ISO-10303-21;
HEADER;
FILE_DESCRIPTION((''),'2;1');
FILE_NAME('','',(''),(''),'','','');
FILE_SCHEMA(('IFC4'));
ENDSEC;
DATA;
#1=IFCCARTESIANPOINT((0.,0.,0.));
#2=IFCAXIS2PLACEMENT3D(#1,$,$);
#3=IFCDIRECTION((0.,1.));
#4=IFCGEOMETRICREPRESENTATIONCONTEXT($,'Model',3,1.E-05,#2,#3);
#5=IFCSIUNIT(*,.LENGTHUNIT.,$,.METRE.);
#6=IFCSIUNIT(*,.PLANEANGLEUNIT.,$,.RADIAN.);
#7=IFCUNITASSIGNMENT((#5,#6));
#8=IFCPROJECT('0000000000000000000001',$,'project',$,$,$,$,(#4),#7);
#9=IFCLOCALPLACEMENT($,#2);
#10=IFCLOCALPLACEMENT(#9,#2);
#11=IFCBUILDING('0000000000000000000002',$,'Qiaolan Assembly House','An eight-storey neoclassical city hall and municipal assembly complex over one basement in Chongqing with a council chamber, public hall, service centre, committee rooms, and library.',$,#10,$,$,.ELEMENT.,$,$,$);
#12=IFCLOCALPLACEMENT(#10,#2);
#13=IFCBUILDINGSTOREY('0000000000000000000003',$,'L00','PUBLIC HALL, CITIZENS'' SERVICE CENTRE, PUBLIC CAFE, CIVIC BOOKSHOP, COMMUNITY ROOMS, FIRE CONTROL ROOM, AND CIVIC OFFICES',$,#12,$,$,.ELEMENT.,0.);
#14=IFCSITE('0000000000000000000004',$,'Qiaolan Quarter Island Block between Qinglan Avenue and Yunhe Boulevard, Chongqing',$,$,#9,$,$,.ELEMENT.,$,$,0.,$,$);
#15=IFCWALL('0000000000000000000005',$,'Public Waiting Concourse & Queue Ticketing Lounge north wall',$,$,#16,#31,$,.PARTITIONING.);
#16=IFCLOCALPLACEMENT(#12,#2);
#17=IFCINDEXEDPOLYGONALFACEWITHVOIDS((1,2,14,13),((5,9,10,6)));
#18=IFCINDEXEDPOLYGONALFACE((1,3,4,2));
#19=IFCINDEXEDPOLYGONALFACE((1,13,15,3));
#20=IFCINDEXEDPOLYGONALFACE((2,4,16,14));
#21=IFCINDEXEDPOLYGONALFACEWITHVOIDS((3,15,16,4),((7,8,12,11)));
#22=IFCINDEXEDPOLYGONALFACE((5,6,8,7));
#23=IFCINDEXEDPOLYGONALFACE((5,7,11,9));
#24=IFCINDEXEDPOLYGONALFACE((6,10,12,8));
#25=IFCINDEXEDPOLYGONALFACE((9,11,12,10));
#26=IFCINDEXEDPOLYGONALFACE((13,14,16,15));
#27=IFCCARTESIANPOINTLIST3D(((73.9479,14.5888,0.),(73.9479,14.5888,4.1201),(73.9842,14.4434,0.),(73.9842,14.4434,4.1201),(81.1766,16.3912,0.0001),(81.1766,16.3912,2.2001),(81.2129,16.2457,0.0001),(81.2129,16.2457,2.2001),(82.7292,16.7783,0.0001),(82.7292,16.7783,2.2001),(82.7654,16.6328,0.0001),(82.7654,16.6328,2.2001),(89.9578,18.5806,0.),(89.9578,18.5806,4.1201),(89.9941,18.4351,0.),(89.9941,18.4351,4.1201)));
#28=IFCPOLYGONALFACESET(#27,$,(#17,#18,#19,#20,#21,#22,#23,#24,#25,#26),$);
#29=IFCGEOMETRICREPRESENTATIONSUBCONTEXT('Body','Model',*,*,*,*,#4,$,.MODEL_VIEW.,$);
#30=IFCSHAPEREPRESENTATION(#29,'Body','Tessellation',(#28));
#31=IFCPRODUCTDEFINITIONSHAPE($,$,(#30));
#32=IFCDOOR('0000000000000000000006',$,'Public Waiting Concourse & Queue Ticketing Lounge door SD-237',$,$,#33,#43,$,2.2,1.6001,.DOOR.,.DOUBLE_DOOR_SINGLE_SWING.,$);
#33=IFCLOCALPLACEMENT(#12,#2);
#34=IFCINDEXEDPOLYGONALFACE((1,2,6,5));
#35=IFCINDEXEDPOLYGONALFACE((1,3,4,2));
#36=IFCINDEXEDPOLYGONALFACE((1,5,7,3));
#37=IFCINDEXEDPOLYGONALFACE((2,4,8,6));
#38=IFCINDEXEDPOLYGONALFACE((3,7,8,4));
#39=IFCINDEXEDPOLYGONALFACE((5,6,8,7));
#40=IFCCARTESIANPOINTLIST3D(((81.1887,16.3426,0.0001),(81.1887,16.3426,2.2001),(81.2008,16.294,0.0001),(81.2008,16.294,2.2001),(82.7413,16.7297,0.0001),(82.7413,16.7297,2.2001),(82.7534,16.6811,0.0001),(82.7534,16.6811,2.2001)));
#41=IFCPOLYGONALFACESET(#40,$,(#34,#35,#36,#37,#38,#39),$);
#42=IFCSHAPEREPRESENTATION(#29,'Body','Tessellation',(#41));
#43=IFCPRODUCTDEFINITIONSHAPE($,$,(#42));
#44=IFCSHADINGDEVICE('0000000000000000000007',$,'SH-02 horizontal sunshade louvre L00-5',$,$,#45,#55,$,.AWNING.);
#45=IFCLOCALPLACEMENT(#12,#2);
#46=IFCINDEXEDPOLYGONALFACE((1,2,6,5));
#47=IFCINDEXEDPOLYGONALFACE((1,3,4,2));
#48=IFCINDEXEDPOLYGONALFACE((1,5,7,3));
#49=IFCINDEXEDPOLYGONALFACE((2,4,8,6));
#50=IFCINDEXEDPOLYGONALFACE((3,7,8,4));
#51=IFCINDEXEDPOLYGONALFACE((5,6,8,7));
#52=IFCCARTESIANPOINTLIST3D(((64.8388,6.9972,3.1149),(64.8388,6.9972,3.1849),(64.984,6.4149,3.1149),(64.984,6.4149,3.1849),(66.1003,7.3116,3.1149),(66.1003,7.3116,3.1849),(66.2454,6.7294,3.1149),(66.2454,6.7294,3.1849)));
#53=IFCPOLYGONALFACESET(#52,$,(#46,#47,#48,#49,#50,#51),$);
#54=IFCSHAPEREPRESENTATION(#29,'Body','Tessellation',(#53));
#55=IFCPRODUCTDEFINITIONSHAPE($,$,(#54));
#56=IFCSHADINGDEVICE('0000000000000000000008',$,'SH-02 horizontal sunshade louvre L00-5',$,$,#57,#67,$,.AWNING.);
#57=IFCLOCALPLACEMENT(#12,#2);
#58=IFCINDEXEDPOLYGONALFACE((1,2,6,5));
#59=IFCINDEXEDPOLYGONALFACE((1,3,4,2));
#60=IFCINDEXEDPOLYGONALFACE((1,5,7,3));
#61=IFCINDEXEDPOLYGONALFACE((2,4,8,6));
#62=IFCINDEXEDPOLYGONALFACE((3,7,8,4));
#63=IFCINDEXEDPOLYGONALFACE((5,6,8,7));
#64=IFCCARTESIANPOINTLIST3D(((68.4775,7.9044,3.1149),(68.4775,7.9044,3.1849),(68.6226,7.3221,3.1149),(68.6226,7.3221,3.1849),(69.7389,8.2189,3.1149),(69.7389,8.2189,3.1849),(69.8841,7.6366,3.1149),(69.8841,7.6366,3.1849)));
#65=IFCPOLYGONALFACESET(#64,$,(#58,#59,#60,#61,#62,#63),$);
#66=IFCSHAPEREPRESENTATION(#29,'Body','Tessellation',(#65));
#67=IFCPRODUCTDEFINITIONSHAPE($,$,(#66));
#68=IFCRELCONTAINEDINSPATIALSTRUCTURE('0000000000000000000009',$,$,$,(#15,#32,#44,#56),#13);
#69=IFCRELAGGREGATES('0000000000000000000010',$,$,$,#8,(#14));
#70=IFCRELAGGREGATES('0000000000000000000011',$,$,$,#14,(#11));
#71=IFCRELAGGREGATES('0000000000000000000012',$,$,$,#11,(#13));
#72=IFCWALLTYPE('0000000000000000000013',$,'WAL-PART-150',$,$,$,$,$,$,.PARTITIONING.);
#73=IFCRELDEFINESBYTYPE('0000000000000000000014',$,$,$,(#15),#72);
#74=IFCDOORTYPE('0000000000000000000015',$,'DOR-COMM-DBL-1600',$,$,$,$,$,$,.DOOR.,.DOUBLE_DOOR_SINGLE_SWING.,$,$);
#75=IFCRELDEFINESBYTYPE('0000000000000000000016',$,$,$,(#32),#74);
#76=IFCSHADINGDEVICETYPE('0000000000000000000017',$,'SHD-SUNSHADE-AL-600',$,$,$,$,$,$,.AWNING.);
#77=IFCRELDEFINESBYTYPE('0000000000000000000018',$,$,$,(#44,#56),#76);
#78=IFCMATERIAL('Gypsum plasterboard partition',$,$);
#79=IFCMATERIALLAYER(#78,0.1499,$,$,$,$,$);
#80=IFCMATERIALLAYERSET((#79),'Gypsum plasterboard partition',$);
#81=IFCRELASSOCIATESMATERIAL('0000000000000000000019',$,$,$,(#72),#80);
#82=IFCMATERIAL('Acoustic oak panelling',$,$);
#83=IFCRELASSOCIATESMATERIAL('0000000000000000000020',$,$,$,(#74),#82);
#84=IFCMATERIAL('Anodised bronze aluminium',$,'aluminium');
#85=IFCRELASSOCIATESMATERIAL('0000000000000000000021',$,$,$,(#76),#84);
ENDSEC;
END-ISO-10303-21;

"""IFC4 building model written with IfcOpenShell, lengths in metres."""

from ifc_helpers import new_model, si_unit, direction, frame, frame_2d, origin, origin_2d, place, context, subcontext, project, spatial, rectangle, extrude, material, layer, layer_set, material_profile, profile_set, type_object, element, fill, save


model = new_model("IFC4")

# Units and contexts
model_context = context("Model", 3, precision=1e-05, world=origin(), true_north=direction((0.0, 1.0)))
body_context = subcontext(model_context, "Body", "Model", "MODEL_VIEW")
ifc_project = project(units=[si_unit("LENGTHUNIT", "METRE"), si_unit("PLANEANGLEUNIT", "RADIAN")], contexts=[model_context])

# Site, building, storey
site_placement = place(None, origin())
site = spatial("IfcSite", under=ifc_project, at=site_placement, Name="Qiaolan Quarter Island Block between Qinglan Avenue and Yunhe Boulevard, Chongqing", CompositionType="ELEMENT", RefElevation=0.0)
building_placement = place(site_placement, origin())
building = spatial("IfcBuilding", under=site, at=building_placement, Name="Qiaolan Assembly House", Description="An eight-storey neoclassical city hall and municipal assembly complex over one basement in Chongqing with a council chamber, public hall, service centre, committee rooms, and library.", CompositionType="ELEMENT")
storey_placement = place(building_placement, origin())
storey = spatial("IfcBuildingStorey", under=building, at=storey_placement, Name="L00", Description="PUBLIC HALL, CITIZENS' SERVICE CENTRE, PUBLIC CAFE, CIVIC BOOKSHOP, COMMUNITY ROOMS, FIRE CONTROL ROOM, AND CIVIC OFFICES", CompositionType="ELEMENT", Elevation=0.0)

# Shared definitions
ifc_material_1 = material(Name="Anodised bronze aluminium", Category="aluminium")

# Shared definitions
ifc_material_2 = material(Name="Gypsum plasterboard partition")

# Wall, opening, door
ifc_layer_1 = layer(ifc_material_2, 0.1499)
ifc_layer_set_1 = layer_set([ifc_layer_1], Name="Gypsum plasterboard partition")
wall_type_1 = type_object("IfcWallType", Name="WAL-PART-150", PredefinedType="PARTITIONING", material=ifc_layer_set_1)
wall_1_placement = place(storey_placement, frame((73.9661, 14.5161, 0.0), z_axis=(0.0, 0.0, 1.0), x_axis=(0.970295, 0.241923, 0.0)))
wall_1 = element("IfcWall", 1, at=wall_1_placement, inside=storey, type_object=wall_type_1, Name="Public Waiting Concourse & Queue Ticketing Lounge north wall", PredefinedType="PARTITIONING", context=body_context, shape_type="SweptSolid", body=[
    extrude(rectangle(XDim=16.5, YDim=0.1499, at=frame_2d((8.25, 0.0))), origin(), (0.0, 0.0, 1.0), 4.1201),
])
opening_1_placement = place(wall_1_placement, frame((7.45, 0.0, 0.0)))
opening_1 = element("IfcOpeningElement", 2, at=opening_1_placement, cuts=wall_1, PredefinedType="OPENING", context=body_context, shape_type="SweptSolid", body=[
    extrude(rectangle(XDim=1.6001, YDim=2.2, at=frame_2d((0.8, 1.1001))), frame((0.0, 0.085, 0.0), z_axis=(0.0, -1.0, 0.0), x_axis=(1.0, 0.0, 0.0)), (0.0, 0.0, 1.0), 0.1699),
])
ifc_material_3 = material(Name="Acoustic oak panelling")
door_type_1 = type_object("IfcDoorType", Name="DOR-COMM-DBL-1600", OperationType="DOUBLE_DOOR_SINGLE_SWING", PredefinedType="DOOR", material=ifc_material_3)
door_1_placement = place(opening_1_placement, origin())
door_1 = element("IfcDoor", 3, at=door_1_placement, inside=storey, type_object=door_type_1, Name="Public Waiting Concourse & Queue Ticketing Lounge door SD-237", OperationType="DOUBLE_DOOR_SINGLE_SWING", OverallHeight=2.2, OverallWidth=1.6001, PredefinedType="DOOR", context=body_context, shape_type="SweptSolid", body=[
    extrude(rectangle(XDim=1.6001, YDim=2.2, at=frame_2d((0.8, 1.1001))), frame((0.0, 0.0249, 0.0), z_axis=(0.0, -1.0, 0.0), x_axis=(1.0, 0.0, 0.0)), (0.0, 0.0, 1.0), 0.05),
])
fill(opening_1, door_1)

# Shading devices
ifc_material_profile_1 = material_profile(ifc_material_1, rectangle(XDim=0.6001, YDim=0.0701, at=origin_2d()), Name="SHD 600x70")
ifc_profile_set_1 = profile_set([ifc_material_profile_1], Name="Anodised bronze aluminium")
shading_device_type = type_object("IfcShadingDeviceType", Name="SHD-SUNSHADE-AL-600", PredefinedType="AWNING", material=ifc_profile_set_1)
for number, where, z_axis, x_axis, name in (
    (4, (64.9114, 6.7061, 3.1499), (0.970308, 0.241873, 0.0), (-0.241873, 0.970308, 0.0), "SH-02 horizontal sunshade louvre L00-5"),
    (5, (68.55, 7.6133, 3.1499), (0.970308, 0.241873, 0.0), (-0.241873, 0.970308, 0.0), "SH-02 horizontal sunshade louvre L00-5"),
):
    element("IfcShadingDevice", number, at=place(storey_placement, frame(where, z_axis=z_axis, x_axis=x_axis)), inside=storey, type_object=shading_device_type, Name=name, PredefinedType="AWNING", context=body_context, shape_type="SweptSolid", body=[
        extrude(rectangle(XDim=0.6001, YDim=0.0701, at=origin_2d()), origin(), (0.0, 0.0, 1.0), 1.3),
    ])

save(model, "model.ifc")
